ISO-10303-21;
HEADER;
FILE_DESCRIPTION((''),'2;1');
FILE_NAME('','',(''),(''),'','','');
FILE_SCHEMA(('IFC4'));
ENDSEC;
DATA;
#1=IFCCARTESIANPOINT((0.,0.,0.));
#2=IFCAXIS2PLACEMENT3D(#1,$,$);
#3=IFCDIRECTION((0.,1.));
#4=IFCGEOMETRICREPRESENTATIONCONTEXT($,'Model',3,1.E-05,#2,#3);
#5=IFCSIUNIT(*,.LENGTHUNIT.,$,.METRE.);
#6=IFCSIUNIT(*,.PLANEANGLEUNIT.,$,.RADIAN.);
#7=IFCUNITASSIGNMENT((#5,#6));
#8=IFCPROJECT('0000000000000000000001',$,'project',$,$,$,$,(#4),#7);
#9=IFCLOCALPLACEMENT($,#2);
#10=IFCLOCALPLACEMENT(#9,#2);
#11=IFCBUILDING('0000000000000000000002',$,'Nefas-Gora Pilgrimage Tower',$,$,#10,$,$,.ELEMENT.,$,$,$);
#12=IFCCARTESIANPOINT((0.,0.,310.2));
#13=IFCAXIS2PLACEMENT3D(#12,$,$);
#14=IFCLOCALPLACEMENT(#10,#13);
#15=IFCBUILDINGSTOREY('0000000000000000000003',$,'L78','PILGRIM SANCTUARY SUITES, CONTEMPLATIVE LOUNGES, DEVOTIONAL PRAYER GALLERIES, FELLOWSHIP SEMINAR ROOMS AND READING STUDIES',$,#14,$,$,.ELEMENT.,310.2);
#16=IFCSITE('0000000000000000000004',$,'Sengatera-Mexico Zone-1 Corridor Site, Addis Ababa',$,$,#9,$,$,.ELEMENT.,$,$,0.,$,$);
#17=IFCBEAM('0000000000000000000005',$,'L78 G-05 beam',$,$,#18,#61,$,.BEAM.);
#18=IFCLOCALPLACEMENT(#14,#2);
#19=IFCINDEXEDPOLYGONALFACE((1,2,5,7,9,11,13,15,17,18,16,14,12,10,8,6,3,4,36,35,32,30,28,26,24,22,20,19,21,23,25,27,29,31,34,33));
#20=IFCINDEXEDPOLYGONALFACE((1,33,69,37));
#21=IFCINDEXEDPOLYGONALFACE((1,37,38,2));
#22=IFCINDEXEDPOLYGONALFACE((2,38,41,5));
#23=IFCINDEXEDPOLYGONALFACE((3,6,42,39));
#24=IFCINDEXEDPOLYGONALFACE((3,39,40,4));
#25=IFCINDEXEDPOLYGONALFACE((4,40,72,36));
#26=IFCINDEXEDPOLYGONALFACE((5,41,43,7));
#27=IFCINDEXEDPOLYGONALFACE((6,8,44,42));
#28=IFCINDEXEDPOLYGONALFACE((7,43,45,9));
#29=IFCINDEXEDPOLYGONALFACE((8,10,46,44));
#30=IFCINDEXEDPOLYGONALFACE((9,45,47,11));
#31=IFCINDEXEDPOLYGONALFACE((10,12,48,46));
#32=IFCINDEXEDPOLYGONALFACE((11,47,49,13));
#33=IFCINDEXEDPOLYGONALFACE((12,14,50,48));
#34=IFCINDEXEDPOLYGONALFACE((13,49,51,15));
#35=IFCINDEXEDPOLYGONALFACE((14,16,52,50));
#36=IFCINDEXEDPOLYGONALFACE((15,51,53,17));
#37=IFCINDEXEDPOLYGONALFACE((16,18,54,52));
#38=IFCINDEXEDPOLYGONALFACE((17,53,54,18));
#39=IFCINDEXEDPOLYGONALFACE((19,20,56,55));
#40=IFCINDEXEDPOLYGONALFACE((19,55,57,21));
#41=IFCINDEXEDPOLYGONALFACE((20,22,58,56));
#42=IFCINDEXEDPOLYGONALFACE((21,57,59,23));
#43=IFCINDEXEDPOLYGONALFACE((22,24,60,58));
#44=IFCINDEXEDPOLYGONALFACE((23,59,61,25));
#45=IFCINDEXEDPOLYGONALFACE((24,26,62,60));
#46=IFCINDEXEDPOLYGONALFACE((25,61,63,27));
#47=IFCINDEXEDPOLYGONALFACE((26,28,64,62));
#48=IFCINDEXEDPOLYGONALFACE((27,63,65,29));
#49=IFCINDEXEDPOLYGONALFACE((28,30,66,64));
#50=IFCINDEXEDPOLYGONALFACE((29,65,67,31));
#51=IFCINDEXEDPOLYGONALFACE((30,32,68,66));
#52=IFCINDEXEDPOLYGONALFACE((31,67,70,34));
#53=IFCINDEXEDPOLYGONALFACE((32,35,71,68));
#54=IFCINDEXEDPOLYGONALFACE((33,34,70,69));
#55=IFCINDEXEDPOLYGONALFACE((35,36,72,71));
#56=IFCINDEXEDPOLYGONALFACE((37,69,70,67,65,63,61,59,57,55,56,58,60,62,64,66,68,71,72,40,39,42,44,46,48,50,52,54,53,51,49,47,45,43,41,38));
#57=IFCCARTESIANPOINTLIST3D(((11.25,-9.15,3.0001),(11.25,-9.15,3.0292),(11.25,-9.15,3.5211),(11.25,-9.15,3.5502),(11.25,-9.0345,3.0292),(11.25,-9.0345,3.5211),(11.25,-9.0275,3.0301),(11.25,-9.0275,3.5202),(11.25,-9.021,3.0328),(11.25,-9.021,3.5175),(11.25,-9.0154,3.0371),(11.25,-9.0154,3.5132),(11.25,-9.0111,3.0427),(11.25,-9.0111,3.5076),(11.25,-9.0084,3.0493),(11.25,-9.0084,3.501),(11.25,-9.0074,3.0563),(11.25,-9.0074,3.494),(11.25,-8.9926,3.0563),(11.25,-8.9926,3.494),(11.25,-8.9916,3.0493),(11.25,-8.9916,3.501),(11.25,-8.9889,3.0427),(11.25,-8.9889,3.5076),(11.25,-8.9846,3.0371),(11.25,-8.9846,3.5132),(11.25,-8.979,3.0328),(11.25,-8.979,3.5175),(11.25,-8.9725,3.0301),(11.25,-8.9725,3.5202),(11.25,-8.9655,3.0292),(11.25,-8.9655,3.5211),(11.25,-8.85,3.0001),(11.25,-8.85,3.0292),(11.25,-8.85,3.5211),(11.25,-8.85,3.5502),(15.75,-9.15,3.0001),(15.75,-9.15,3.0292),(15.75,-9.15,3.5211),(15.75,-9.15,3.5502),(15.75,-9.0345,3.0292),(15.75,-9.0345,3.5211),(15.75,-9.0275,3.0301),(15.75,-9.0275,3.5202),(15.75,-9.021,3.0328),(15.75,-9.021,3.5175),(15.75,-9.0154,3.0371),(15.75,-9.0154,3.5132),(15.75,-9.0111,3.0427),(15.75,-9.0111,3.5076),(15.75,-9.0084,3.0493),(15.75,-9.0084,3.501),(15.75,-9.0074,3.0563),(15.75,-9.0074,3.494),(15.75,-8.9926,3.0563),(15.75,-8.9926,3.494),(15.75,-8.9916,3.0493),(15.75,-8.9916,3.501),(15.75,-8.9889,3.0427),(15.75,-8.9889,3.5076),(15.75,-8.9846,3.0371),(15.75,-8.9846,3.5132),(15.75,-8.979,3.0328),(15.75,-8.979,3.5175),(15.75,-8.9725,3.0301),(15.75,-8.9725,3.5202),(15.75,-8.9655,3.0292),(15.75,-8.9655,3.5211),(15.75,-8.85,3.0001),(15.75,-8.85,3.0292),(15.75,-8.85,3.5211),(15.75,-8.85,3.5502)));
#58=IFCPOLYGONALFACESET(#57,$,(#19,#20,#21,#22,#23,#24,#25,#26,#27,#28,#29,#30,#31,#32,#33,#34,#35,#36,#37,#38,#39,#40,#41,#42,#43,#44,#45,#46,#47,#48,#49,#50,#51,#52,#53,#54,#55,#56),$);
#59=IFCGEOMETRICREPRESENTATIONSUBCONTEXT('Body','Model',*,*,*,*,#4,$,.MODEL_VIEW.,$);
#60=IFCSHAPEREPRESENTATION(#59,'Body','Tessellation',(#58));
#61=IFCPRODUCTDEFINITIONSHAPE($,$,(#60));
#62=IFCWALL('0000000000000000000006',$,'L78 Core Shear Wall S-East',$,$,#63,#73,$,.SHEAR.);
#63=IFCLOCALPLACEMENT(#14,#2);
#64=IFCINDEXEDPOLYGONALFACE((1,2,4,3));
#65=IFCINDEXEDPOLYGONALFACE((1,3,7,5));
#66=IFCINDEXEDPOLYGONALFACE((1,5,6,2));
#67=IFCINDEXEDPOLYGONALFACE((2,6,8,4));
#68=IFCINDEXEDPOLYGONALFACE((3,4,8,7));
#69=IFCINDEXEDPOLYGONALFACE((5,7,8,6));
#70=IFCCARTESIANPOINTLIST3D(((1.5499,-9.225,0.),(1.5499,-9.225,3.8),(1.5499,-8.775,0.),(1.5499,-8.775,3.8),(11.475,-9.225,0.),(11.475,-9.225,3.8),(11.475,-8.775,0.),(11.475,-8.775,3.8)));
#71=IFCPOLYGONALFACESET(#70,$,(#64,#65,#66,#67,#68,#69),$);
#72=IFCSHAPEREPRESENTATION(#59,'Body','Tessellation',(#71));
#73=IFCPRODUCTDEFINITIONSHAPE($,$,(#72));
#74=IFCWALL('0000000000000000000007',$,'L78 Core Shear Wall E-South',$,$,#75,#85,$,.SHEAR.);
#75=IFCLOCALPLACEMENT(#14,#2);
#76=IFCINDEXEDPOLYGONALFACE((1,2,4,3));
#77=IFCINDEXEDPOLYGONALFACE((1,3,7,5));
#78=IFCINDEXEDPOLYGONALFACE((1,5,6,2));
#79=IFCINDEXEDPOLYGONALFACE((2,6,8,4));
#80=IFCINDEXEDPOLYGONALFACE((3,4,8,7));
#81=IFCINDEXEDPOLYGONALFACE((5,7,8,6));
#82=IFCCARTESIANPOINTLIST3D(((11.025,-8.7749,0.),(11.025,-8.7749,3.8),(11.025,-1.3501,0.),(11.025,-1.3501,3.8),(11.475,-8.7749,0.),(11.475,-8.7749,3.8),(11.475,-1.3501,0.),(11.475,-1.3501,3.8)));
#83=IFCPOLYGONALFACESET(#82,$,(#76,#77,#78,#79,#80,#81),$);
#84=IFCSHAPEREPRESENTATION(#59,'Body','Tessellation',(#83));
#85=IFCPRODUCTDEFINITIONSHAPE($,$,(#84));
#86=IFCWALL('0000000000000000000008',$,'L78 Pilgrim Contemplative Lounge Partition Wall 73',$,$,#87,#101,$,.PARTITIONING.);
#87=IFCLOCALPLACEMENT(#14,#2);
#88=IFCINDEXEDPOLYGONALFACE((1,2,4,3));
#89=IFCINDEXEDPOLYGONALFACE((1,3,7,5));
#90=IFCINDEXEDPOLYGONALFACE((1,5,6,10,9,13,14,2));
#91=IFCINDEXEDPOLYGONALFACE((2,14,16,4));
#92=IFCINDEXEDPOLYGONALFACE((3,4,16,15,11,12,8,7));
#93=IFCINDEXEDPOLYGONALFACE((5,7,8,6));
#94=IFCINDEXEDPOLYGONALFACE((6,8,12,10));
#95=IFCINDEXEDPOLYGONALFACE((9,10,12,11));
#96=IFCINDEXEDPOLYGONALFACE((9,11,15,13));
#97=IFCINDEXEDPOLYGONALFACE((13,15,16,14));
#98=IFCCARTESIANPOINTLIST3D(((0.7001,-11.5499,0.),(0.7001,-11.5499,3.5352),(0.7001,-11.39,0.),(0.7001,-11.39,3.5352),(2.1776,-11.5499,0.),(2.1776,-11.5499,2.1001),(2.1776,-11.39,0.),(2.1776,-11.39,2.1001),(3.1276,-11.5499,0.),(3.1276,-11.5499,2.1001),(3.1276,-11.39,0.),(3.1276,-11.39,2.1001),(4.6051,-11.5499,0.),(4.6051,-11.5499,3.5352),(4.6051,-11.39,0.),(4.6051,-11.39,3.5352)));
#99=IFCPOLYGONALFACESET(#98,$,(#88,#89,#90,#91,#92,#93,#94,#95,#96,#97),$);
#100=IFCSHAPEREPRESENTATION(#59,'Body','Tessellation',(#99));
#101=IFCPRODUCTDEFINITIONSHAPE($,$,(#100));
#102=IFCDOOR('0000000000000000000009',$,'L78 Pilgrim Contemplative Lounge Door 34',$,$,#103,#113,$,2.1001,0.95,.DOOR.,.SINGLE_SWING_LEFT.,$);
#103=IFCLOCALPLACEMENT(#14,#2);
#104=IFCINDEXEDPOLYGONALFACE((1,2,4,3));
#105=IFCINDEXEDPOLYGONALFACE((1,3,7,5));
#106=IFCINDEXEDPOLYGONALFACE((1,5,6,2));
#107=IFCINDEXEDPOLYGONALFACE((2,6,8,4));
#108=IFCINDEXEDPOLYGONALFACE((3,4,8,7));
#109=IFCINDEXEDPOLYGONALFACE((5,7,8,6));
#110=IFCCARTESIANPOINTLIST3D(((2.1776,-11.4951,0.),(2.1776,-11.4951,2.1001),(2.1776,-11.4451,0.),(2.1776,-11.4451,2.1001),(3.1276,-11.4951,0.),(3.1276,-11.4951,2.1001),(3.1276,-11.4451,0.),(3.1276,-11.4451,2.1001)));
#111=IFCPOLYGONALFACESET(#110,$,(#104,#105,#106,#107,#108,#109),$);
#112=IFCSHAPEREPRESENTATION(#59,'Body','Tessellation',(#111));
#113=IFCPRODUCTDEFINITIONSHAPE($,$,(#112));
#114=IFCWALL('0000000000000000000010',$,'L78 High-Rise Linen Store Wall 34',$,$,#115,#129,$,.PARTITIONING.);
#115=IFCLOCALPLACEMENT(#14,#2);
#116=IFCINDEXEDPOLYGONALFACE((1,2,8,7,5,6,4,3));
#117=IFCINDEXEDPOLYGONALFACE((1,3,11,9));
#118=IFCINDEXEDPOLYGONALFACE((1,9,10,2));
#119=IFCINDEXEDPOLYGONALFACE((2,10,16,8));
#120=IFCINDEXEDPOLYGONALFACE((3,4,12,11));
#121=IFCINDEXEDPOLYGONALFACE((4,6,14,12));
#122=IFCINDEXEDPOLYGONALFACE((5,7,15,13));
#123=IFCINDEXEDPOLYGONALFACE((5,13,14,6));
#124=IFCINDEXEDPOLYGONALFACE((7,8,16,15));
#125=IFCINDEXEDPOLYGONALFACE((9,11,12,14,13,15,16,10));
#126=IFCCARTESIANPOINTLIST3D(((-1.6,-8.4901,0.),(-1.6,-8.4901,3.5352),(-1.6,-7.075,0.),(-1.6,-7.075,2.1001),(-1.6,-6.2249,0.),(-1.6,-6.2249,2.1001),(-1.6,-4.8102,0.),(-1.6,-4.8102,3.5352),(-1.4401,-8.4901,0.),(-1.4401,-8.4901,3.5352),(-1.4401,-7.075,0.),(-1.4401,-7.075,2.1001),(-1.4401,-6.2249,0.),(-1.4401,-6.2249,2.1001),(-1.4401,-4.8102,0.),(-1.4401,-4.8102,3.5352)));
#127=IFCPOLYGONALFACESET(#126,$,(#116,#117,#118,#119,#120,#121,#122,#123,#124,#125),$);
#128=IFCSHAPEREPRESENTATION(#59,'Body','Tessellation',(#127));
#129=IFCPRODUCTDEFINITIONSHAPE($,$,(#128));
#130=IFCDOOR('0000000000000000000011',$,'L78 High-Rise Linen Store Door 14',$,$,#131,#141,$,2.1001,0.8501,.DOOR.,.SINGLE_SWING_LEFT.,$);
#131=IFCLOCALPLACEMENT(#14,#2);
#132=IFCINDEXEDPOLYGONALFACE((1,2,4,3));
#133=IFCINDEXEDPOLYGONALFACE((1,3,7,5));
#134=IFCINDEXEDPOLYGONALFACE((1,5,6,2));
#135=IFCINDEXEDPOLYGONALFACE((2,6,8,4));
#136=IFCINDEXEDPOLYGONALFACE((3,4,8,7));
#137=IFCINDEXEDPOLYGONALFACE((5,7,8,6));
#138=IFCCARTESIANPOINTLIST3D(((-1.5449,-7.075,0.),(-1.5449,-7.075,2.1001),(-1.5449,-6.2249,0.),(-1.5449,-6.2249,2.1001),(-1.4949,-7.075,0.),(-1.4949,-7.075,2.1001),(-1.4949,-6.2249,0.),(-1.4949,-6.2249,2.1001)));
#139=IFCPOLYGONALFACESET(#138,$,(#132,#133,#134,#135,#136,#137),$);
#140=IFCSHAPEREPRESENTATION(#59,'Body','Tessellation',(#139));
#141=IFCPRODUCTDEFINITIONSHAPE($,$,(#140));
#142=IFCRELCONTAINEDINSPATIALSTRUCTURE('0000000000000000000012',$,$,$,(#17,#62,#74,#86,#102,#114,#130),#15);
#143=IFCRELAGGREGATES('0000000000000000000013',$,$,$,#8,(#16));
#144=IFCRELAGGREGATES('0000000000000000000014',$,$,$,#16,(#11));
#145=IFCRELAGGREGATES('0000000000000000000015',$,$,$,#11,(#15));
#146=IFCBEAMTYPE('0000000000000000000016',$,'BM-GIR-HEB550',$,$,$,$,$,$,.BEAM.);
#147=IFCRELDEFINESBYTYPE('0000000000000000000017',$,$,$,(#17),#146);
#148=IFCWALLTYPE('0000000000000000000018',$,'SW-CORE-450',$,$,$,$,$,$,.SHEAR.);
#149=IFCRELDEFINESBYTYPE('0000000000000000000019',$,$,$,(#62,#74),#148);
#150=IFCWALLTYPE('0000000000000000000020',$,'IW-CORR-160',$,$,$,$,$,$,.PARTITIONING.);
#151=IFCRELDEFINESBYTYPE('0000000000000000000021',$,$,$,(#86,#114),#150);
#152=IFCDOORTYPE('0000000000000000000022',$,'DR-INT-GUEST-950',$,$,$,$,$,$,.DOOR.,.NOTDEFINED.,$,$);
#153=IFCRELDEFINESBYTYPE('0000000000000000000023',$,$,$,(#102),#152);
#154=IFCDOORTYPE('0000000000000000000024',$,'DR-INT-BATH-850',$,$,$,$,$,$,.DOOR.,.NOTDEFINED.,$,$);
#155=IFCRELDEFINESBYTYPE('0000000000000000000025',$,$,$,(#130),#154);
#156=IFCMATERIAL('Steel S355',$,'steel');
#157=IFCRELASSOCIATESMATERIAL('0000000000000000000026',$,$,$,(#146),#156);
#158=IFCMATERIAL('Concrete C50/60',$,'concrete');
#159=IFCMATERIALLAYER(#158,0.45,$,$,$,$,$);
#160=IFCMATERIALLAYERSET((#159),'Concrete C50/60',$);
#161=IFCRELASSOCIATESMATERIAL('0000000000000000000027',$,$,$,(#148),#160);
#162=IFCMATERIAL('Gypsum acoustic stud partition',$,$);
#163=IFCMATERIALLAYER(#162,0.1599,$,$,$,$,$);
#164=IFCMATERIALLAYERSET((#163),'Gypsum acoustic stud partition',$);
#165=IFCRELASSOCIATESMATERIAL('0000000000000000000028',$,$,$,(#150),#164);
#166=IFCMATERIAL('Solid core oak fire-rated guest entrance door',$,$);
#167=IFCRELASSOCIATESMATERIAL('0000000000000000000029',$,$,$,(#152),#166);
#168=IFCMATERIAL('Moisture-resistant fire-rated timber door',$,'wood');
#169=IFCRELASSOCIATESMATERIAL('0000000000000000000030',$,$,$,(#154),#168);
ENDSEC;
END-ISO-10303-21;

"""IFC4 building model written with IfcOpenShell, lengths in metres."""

from ifc_helpers import new_model, si_unit, direction, frame, frame_2d, origin, origin_2d, place, context, subcontext, project, spatial, rectangle, i_section, extrude, source, transform, mapped, material, layer, layer_set, material_profile, profile_set, type_object, element, fill, save


model = new_model("IFC4")

# Units and contexts
model_context = context("Model", 3, precision=1e-05, world=origin(), true_north=direction((0.0, 1.0)))
body_context = subcontext(model_context, "Body", "Model", "MODEL_VIEW")
ifc_project = project(units=[si_unit("LENGTHUNIT", "METRE"), si_unit("PLANEANGLEUNIT", "RADIAN")], contexts=[model_context])

# Site, building, storey
site_placement = place(None, origin())
site = spatial("IfcSite", under=ifc_project, at=site_placement, Name="Sengatera-Mexico Zone-1 Corridor Site, Addis Ababa", CompositionType="ELEMENT", RefElevation=0.0)
building_placement = place(site_placement, origin())
building = spatial("IfcBuilding", under=site, at=building_placement, Name="Nefas-Gora Pilgrimage Tower", CompositionType="ELEMENT")
storey_placement = place(building_placement, frame((0.0, 0.0, 310.2)))
storey = spatial("IfcBuildingStorey", under=building, at=storey_placement, Name="L78", Description="PILGRIM SANCTUARY SUITES, CONTEMPLATIVE LOUNGES, DEVOTIONAL PRAYER GALLERIES, FELLOWSHIP SEMINAR ROOMS AND READING STUDIES", CompositionType="ELEMENT", Elevation=310.2)

# Shared definitions
ifc_material_1 = material(Name="Steel S355", Category="steel")
ifc_material_2 = material(Name="Concrete C50/60", Category="concrete")

# Beam
ifc_material_profile_1 = material_profile(ifc_material_1, i_section(OverallWidth=0.3, OverallDepth=0.55, WebThickness=0.0149, FlangeThickness=0.0291, FilletRadius=0.0271, at=origin_2d()), Name="HEB 550")
ifc_profile_set_1 = profile_set([ifc_material_profile_1], Name="Steel S355")
beam_type = type_object("IfcBeamType", Name="BM-GIR-HEB550", PredefinedType="BEAM", material=ifc_profile_set_1)
shared_shape_1 = source(origin(), body_context, "Body", "SweptSolid", [
    extrude(i_section(OverallWidth=0.3, OverallDepth=0.55, WebThickness=0.0149, FlangeThickness=0.0291, FilletRadius=0.0271, at=origin_2d()), origin(), (0.0, 0.0, 1.0), 4.5),
])
for number, where, z_axis, x_axis, name in (
    (1, (11.25, -9.0, 3.2751), (1.0, 0.0, 0.0), (0.0, 1.0, 0.0), "L78 G-05 beam"),
):
    element("IfcBeam", number, at=place(storey_placement, frame(where, z_axis=z_axis, x_axis=x_axis)), inside=storey, type_object=beam_type, Name=name, PredefinedType="BEAM", context=body_context, shape_type="MappedRepresentation", body=[
        mapped(shared_shape_1, transform((0.0, 0.0, 0.0), x_axis=(1.0, 0.0, 0.0), y_axis=(0.0, 1.0, 0.0), z_axis=(0.0, 0.0, 1.0), scale=1.0)),
    ])

# Walls
ifc_layer_1 = layer(ifc_material_2, 0.45)
ifc_layer_set_1 = layer_set([ifc_layer_1], Name="Concrete C50/60")
wall_type_1 = type_object("IfcWallType", Name="SW-CORE-450", PredefinedType="SHEAR", material=ifc_layer_set_1)
shared_shape_2 = source(origin(), body_context, "Body", "SweptSolid", [
    extrude(rectangle(XDim=9.925, YDim=0.45, at=frame_2d((4.9624, 0.0))), origin(), (0.0, 0.0, 1.0), 3.8),
])
wall_1_placement = place(storey_placement, frame((1.55, -9.0, 0.0), z_axis=(0.0, 0.0, 1.0), x_axis=(1.0, 0.0, 0.0)))
element("IfcWall", 2, at=wall_1_placement, inside=storey, type_object=wall_type_1, Name="L78 Core Shear Wall S-East", PredefinedType="SHEAR", context=body_context, shape_type="MappedRepresentation", body=[
    mapped(shared_shape_2, transform((0.0, 0.0, 0.0), x_axis=(1.0, 0.0, 0.0), y_axis=(0.0, 1.0, 0.0), z_axis=(0.0, 0.0, 1.0), scale=1.0)),
])
shared_shape_3 = source(origin(), body_context, "Body", "SweptSolid", [
    extrude(rectangle(XDim=7.4248, YDim=0.45, at=frame_2d((3.7124, 0.0))), origin(), (0.0, 0.0, 1.0), 3.8),
])
wall_2_placement = place(storey_placement, frame((11.25, -8.7749, 0.0), z_axis=(0.0, 0.0, 1.0), x_axis=(0.0, 1.0, 0.0)))
element("IfcWall", 3, at=wall_2_placement, inside=storey, type_object=wall_type_1, Name="L78 Core Shear Wall E-South", PredefinedType="SHEAR", context=body_context, shape_type="MappedRepresentation", body=[
    mapped(shared_shape_3, transform((0.0, 0.0, 0.0), x_axis=(1.0, 0.0, 0.0), y_axis=(0.0, 1.0, 0.0), z_axis=(0.0, 0.0, 1.0), scale=1.0)),
])

# Walls, openings, doors
ifc_material_3 = material(Name="Gypsum acoustic stud partition")
ifc_layer_2 = layer(ifc_material_3, 0.1599)
ifc_layer_set_2 = layer_set([ifc_layer_2], Name="Gypsum acoustic stud partition")
wall_type_2 = type_object("IfcWallType", Name="IW-CORR-160", PredefinedType="PARTITIONING", material=ifc_layer_set_2)
shared_shape_4 = source(origin(), body_context, "Body", "SweptSolid", [
    extrude(rectangle(XDim=3.905, YDim=0.1599, at=frame_2d((1.9526, 0.0))), origin(), (0.0, 0.0, 1.0), 3.5352),
])
wall_3_placement = place(storey_placement, frame((0.7, -11.47, 0.0), z_axis=(0.0, 0.0, 1.0), x_axis=(1.0, 0.0, 0.0)))
wall_3 = element("IfcWall", 4, at=wall_3_placement, inside=storey, type_object=wall_type_2, Name="L78 Pilgrim Contemplative Lounge Partition Wall 73", PredefinedType="PARTITIONING", context=body_context, shape_type="MappedRepresentation", body=[
    mapped(shared_shape_4, transform((0.0, 0.0, 0.0), x_axis=(1.0, 0.0, 0.0), y_axis=(0.0, 1.0, 0.0), z_axis=(0.0, 0.0, 1.0), scale=1.0)),
])
opening_1_placement = place(wall_3_placement, frame((1.4775, 0.0, 0.0)))
opening_1 = element("IfcOpeningElement", 5, at=opening_1_placement, cuts=wall_3, PredefinedType="OPENING", context=body_context, shape_type="SweptSolid", body=[
    extrude(rectangle(XDim=0.95, YDim=2.1001, at=frame_2d((0.4751, 1.05))), frame((0.0, 0.0898, 0.0), z_axis=(0.0, -1.0, 0.0), x_axis=(1.0, 0.0, 0.0)), (0.0, 0.0, 1.0), 0.1799),
])
ifc_material_4 = material(Name="Solid core oak fire-rated guest entrance door")
door_type_1 = type_object("IfcDoorType", Name="DR-INT-GUEST-950", OperationType="NOTDEFINED", PredefinedType="DOOR", material=ifc_material_4)
shared_shape_5 = source(origin(), body_context, "Body", "SweptSolid", [
    extrude(rectangle(XDim=0.95, YDim=2.1001, at=frame_2d((0.4751, 1.05))), frame((0.0, 0.0249, 0.0), z_axis=(0.0, -1.0, 0.0), x_axis=(1.0, 0.0, 0.0)), (0.0, 0.0, 1.0), 0.05),
])
door_1_placement = place(opening_1_placement, origin())
door_1 = element("IfcDoor", 6, at=door_1_placement, inside=storey, type_object=door_type_1, Name="L78 Pilgrim Contemplative Lounge Door 34", OperationType="SINGLE_SWING_LEFT", OverallHeight=2.1001, OverallWidth=0.95, PredefinedType="DOOR", context=body_context, shape_type="MappedRepresentation", body=[
    mapped(shared_shape_5, transform((0.0, 0.0, 0.0), x_axis=(1.0, 0.0, 0.0), y_axis=(0.0, 1.0, 0.0), z_axis=(0.0, 0.0, 1.0), scale=1.0)),
])
fill(opening_1, door_1)
shared_shape_6 = source(origin(), body_context, "Body", "SweptSolid", [
    extrude(rectangle(XDim=3.6799, YDim=0.1599, at=frame_2d((1.8398, 0.0))), origin(), (0.0, 0.0, 1.0), 3.5352),
])
wall_4_placement = place(storey_placement, frame((-1.52, -8.49, 0.0), z_axis=(0.0, 0.0, 1.0), x_axis=(0.0, 1.0, 0.0)))
wall_4 = element("IfcWall", 7, at=wall_4_placement, inside=storey, type_object=wall_type_2, Name="L78 High-Rise Linen Store Wall 34", PredefinedType="PARTITIONING", context=body_context, shape_type="MappedRepresentation", body=[
    mapped(shared_shape_6, transform((0.0, 0.0, 0.0), x_axis=(1.0, 0.0, 0.0), y_axis=(0.0, 1.0, 0.0), z_axis=(0.0, 0.0, 1.0), scale=1.0)),
])
opening_2_placement = place(wall_4_placement, frame((1.415, 0.0, 0.0)))
opening_2 = element("IfcOpeningElement", 8, at=opening_2_placement, cuts=wall_4, PredefinedType="OPENING", context=body_context, shape_type="SweptSolid", body=[
    extrude(rectangle(XDim=0.8501, YDim=2.1001, at=frame_2d((0.425, 1.05))), frame((0.0, 0.0898, 0.0), z_axis=(0.0, -1.0, 0.0), x_axis=(1.0, 0.0, 0.0)), (0.0, 0.0, 1.0), 0.1799),
])
ifc_material_5 = material(Name="Moisture-resistant fire-rated timber door", Category="wood")
door_type_2 = type_object("IfcDoorType", Name="DR-INT-BATH-850", OperationType="NOTDEFINED", PredefinedType="DOOR", material=ifc_material_5)
shared_shape_7 = source(origin(), body_context, "Body", "SweptSolid", [
    extrude(rectangle(XDim=0.8501, YDim=2.1001, at=frame_2d((0.425, 1.05))), frame((0.0, 0.0249, 0.0), z_axis=(0.0, -1.0, 0.0), x_axis=(1.0, 0.0, 0.0)), (0.0, 0.0, 1.0), 0.05),
])
door_2_placement = place(opening_2_placement, origin())
door_2 = element("IfcDoor", 9, at=door_2_placement, inside=storey, type_object=door_type_2, Name="L78 High-Rise Linen Store Door 14", OperationType="SINGLE_SWING_LEFT", OverallHeight=2.1001, OverallWidth=0.8501, PredefinedType="DOOR", context=body_context, shape_type="MappedRepresentation", body=[
    mapped(shared_shape_7, transform((0.0, 0.0, 0.0), x_axis=(1.0, 0.0, 0.0), y_axis=(0.0, 1.0, 0.0), z_axis=(0.0, 0.0, 1.0), scale=1.0)),
])
fill(opening_2, door_2)

save(model, "model.ifc")
